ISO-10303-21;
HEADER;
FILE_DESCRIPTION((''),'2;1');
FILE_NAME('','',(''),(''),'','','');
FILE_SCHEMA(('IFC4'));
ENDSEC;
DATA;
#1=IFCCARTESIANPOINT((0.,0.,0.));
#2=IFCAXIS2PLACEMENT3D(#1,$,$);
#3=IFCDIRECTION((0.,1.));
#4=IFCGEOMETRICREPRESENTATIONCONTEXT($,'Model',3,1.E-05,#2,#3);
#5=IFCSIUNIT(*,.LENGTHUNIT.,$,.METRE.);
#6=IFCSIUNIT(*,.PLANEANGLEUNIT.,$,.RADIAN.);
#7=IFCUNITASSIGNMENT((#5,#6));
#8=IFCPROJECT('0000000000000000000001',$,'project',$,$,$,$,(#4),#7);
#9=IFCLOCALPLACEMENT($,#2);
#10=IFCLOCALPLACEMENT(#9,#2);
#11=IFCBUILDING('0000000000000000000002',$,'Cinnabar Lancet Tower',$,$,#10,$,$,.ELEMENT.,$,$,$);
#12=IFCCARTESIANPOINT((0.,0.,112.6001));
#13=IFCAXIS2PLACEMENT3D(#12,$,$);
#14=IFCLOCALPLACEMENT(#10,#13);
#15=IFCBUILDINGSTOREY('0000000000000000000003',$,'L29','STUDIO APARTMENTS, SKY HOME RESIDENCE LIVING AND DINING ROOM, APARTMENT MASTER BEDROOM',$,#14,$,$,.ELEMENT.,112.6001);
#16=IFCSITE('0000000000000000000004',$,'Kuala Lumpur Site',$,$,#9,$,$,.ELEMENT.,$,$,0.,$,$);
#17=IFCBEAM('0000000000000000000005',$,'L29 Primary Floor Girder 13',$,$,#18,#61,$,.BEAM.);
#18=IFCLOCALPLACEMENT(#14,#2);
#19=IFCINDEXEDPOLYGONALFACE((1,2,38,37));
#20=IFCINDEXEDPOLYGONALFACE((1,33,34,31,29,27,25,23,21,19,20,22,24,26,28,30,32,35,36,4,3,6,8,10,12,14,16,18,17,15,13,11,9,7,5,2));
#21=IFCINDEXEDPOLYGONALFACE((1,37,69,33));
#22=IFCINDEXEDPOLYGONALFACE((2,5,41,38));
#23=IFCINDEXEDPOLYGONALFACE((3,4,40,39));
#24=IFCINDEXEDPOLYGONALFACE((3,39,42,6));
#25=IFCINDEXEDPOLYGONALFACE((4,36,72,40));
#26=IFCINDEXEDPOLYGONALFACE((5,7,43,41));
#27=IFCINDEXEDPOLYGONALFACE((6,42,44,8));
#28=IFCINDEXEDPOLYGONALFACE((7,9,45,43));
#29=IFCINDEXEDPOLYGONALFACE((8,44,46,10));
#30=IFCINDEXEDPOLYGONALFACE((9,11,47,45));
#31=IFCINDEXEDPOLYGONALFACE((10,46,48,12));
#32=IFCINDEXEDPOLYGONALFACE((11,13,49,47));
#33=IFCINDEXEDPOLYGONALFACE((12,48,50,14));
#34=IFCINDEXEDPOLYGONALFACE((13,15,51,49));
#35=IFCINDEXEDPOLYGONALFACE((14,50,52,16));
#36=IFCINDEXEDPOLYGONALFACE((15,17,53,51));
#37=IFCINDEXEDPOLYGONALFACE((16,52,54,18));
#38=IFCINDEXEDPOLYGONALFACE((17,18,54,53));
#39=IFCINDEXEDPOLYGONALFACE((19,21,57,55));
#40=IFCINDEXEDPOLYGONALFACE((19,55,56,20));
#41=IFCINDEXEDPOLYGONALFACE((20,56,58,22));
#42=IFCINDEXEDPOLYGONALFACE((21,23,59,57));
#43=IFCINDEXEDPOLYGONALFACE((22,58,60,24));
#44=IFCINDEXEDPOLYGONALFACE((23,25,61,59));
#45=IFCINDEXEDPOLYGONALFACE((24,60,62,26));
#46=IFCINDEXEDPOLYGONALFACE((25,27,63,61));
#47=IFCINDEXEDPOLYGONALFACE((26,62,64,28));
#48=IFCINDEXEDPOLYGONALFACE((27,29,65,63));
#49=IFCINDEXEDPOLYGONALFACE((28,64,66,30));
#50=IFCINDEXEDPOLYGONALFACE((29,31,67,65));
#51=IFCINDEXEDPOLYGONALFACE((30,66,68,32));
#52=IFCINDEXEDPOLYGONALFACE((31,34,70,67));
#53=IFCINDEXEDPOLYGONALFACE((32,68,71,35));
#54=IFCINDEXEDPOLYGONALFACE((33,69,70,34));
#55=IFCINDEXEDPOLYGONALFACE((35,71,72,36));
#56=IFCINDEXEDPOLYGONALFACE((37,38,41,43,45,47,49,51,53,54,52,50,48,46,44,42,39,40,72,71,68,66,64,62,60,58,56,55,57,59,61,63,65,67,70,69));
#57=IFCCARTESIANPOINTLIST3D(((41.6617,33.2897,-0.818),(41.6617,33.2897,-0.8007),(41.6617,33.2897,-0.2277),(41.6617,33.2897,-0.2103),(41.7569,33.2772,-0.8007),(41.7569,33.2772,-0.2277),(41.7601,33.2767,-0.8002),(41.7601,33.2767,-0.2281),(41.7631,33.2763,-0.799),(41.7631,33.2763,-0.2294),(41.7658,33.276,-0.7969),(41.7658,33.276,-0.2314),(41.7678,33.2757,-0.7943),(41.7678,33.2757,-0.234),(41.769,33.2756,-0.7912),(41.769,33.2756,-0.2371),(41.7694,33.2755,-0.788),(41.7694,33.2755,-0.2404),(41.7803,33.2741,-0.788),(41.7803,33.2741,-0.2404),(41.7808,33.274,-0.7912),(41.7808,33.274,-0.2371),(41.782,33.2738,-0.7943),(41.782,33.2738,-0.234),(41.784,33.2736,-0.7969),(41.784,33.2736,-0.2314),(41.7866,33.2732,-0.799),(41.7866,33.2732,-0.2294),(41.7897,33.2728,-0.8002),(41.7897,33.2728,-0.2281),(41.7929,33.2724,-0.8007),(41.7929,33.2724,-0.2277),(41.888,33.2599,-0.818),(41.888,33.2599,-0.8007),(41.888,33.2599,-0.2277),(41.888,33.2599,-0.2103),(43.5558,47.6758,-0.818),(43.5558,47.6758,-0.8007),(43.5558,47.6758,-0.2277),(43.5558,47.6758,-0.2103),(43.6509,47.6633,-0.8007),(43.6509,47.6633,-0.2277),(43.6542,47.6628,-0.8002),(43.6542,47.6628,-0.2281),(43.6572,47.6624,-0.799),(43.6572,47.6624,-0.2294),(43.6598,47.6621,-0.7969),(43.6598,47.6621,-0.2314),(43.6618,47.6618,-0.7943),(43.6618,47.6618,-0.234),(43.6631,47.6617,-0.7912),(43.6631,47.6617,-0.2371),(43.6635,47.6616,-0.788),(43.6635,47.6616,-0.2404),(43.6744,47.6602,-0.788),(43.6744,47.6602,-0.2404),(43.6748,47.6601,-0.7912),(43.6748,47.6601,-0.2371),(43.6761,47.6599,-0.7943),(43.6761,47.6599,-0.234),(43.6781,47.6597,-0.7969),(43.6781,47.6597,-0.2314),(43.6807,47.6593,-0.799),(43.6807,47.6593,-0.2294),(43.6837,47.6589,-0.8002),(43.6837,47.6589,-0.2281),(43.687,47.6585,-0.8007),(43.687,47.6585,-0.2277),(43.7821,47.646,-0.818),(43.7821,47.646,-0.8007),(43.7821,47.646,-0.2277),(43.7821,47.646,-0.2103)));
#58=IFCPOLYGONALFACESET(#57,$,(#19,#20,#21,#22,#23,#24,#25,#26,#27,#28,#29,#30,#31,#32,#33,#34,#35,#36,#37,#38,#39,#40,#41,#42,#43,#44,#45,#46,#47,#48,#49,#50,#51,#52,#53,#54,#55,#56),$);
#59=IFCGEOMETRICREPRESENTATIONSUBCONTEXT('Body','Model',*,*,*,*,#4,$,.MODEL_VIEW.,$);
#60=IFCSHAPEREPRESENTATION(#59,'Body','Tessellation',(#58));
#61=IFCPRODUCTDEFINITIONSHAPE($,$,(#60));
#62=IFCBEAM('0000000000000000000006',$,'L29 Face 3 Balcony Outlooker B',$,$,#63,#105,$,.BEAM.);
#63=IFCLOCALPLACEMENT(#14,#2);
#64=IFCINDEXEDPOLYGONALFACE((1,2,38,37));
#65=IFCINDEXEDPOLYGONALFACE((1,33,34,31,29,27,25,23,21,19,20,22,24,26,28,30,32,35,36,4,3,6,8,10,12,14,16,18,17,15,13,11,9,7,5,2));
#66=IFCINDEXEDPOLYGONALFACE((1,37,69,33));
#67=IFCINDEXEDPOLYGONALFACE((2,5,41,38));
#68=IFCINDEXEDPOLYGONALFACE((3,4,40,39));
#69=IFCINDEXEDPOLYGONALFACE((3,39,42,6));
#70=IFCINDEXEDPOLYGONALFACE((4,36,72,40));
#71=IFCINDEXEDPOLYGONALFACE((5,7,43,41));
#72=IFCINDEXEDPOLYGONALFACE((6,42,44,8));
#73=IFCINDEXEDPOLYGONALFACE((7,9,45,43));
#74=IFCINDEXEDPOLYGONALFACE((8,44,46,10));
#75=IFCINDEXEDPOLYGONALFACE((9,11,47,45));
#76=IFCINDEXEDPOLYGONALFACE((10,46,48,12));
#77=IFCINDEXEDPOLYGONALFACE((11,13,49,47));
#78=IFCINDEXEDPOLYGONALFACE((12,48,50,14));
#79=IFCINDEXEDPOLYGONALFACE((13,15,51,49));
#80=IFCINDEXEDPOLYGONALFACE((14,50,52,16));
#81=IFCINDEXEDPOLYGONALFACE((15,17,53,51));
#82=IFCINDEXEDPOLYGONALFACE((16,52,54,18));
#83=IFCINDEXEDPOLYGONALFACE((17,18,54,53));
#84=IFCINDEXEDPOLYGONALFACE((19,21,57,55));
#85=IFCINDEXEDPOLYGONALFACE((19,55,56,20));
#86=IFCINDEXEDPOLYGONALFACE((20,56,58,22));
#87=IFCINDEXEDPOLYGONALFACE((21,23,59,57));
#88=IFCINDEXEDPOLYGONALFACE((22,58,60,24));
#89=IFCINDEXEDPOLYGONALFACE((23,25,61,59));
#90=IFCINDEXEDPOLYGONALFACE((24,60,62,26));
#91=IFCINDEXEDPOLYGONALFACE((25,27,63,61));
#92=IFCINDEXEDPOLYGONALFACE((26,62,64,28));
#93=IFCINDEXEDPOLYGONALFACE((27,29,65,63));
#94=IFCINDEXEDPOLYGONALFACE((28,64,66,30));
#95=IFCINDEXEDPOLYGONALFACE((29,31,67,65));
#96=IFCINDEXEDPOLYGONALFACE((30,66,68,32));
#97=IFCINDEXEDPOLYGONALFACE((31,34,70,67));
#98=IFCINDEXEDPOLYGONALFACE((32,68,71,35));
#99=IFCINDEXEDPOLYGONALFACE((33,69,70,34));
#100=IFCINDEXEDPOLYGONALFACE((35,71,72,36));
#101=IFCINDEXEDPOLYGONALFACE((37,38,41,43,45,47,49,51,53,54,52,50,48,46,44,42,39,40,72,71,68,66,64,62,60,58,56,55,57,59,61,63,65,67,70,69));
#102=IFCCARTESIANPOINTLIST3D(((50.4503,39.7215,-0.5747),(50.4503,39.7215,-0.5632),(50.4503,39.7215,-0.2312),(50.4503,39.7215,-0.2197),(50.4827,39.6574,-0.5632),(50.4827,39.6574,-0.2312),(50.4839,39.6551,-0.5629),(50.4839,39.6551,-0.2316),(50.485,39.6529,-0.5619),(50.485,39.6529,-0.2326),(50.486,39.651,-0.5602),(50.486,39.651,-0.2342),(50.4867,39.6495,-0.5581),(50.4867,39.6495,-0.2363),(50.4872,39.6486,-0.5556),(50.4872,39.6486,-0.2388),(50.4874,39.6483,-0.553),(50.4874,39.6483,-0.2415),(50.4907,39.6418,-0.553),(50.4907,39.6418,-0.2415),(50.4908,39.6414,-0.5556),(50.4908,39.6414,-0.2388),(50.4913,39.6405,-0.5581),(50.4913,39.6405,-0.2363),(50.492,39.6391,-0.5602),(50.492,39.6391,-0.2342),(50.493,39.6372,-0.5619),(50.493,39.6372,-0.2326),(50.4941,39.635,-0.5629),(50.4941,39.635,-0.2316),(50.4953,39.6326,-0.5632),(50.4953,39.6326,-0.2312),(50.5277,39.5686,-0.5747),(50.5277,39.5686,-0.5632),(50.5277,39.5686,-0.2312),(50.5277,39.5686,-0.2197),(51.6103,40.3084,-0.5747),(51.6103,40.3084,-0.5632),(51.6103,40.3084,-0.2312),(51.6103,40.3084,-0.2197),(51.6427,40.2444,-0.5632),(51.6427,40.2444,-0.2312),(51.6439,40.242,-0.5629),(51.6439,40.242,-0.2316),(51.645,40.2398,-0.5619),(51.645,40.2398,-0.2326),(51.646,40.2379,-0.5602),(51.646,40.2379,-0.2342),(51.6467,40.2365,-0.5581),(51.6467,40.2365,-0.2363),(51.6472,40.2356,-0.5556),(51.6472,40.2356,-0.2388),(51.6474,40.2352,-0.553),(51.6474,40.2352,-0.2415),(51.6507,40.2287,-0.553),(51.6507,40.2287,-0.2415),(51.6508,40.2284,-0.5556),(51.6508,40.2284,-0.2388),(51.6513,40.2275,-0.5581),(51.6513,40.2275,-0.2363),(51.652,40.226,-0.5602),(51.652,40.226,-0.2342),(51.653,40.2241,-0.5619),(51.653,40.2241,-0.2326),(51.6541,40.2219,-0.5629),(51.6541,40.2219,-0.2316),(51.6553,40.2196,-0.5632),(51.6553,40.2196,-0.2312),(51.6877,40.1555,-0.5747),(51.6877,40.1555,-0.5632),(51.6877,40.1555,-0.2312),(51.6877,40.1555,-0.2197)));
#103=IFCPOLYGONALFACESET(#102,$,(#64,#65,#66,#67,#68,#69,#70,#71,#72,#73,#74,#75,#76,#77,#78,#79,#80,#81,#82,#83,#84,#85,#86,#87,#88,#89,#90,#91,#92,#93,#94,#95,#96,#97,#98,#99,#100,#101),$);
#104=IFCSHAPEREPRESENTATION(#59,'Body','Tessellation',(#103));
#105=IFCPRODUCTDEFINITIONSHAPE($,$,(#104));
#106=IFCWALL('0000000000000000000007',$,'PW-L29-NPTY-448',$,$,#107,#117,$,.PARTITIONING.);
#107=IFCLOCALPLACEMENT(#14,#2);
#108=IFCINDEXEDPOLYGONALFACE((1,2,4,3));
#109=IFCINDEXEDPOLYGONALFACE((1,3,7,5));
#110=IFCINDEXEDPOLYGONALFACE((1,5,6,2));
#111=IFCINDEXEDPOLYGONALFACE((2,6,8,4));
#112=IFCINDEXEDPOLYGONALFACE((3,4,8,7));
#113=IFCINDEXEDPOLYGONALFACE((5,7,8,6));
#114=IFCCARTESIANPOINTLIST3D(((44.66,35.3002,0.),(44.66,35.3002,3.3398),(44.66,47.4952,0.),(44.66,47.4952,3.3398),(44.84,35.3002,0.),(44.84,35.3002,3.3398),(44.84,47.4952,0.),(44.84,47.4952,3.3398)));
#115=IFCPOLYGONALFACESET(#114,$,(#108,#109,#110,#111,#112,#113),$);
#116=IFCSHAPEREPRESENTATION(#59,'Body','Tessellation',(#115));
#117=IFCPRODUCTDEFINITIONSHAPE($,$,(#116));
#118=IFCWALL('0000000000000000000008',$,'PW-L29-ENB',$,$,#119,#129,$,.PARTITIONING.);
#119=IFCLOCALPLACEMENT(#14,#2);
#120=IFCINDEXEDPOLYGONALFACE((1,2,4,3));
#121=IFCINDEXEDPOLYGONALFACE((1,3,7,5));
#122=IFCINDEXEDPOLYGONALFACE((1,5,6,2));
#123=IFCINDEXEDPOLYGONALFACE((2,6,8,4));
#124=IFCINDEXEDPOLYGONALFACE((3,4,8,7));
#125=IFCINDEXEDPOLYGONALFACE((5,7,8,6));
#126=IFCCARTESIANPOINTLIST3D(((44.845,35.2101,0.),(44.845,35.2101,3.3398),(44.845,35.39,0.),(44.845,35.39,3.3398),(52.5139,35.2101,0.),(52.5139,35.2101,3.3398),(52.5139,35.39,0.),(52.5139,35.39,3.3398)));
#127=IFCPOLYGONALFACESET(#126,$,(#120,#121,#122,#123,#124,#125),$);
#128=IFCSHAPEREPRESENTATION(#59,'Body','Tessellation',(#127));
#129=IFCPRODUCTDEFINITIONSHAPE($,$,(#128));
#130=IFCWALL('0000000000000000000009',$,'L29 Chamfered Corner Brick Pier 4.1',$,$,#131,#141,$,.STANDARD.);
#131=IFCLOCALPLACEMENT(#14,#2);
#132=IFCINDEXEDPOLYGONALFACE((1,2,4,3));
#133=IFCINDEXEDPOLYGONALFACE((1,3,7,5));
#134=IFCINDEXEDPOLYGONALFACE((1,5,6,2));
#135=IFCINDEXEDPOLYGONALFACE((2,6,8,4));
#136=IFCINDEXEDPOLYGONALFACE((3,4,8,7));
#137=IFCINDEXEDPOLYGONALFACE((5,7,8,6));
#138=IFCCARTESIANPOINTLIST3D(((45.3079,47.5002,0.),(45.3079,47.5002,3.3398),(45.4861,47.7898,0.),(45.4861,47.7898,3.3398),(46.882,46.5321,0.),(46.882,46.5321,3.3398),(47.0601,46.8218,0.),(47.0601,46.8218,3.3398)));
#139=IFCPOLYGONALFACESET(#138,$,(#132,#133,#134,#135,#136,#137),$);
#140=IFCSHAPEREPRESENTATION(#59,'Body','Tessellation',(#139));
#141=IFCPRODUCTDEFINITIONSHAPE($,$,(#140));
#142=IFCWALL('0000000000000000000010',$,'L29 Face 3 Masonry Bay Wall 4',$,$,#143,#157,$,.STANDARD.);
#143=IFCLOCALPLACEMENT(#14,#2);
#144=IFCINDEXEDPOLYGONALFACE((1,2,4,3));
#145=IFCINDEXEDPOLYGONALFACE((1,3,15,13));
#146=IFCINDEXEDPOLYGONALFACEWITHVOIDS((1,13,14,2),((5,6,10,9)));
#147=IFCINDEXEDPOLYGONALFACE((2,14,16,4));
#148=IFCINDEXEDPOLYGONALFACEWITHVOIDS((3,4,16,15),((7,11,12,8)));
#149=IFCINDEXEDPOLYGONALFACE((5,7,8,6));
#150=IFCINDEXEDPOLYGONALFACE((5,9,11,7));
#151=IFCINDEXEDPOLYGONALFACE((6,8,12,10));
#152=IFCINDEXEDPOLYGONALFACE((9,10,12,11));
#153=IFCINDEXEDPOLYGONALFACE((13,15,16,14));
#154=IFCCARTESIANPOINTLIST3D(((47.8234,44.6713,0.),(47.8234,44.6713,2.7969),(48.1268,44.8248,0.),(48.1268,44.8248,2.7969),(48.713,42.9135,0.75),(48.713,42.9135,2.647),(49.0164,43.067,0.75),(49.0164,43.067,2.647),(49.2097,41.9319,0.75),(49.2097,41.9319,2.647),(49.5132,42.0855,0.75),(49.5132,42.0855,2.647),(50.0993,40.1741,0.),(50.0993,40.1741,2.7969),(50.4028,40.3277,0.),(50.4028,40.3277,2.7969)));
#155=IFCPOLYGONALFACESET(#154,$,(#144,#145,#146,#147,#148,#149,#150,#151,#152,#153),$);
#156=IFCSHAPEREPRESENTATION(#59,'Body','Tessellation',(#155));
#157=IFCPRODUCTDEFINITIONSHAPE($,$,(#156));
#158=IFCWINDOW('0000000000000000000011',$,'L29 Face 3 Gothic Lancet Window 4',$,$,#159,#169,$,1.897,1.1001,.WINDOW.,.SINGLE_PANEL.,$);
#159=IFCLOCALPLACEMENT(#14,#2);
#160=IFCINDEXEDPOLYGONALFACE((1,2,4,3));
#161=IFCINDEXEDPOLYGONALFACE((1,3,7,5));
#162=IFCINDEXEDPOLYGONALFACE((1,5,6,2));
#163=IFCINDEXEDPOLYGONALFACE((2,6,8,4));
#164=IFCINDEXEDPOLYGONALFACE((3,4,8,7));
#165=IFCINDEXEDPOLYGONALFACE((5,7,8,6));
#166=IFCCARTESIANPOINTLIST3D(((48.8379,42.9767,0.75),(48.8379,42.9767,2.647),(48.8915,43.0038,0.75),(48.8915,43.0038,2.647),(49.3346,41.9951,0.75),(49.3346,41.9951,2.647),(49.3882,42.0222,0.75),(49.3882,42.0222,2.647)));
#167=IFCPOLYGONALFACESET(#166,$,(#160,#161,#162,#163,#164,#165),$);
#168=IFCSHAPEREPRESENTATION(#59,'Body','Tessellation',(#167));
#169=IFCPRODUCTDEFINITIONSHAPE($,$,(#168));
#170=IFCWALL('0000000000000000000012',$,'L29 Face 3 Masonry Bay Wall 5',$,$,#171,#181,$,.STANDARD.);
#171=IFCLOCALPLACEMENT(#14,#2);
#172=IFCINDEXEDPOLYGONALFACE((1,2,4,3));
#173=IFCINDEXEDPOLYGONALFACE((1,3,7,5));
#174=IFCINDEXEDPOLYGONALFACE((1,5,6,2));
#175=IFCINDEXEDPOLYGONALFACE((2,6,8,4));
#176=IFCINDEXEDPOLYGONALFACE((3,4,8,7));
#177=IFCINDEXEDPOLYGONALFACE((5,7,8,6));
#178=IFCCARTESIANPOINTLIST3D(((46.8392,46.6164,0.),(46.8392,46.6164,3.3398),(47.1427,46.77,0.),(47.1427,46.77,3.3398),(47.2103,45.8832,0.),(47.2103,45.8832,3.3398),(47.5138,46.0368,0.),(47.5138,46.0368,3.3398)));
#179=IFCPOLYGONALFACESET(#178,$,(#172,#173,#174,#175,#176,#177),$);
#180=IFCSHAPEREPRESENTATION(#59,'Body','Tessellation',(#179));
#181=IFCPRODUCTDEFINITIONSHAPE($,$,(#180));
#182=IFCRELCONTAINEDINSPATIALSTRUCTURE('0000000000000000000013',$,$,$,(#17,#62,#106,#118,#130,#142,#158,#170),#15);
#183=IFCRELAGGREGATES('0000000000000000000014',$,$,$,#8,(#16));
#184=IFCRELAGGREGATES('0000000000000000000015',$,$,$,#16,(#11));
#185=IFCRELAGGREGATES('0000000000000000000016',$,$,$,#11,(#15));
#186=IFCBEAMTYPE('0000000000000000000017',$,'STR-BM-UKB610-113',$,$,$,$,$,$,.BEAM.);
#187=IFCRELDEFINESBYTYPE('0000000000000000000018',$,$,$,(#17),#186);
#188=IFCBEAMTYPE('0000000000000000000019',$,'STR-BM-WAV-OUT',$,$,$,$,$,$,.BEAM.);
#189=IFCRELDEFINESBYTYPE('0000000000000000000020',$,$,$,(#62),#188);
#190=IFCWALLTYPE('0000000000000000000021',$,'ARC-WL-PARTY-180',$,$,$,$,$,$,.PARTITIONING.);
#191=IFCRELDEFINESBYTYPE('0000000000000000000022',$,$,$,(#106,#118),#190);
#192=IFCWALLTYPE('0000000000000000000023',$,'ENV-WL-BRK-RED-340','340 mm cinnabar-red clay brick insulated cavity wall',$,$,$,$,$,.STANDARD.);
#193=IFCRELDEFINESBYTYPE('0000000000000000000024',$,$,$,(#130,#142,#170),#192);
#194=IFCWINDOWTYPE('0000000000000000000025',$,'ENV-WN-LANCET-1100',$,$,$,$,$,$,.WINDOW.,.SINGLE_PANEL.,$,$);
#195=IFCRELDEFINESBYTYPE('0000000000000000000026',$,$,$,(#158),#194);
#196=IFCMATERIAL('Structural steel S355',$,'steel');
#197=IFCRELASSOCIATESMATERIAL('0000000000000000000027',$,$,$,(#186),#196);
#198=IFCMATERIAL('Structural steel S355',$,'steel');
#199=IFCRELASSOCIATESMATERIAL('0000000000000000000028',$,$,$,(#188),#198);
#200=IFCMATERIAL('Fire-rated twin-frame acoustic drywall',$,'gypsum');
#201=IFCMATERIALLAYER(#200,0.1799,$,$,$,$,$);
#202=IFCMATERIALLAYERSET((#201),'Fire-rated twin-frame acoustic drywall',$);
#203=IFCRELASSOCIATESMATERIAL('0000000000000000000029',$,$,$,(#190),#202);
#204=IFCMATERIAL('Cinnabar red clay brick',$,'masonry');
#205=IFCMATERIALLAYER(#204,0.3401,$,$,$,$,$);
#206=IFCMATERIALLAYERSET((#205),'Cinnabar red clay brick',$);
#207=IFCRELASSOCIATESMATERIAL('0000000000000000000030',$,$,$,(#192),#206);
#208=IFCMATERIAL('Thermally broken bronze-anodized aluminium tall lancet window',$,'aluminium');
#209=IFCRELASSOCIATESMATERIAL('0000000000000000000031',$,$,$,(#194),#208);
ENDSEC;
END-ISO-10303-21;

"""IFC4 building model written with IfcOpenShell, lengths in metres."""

from ifc_helpers import new_model, si_unit, direction, frame, frame_2d, origin, origin_2d, place, context, subcontext, project, spatial, rectangle, i_section, extrude, material, layer, layer_set, material_profile, profile_set, type_object, element, fill, save


model = new_model("IFC4")

# Units and contexts
model_context = context("Model", 3, precision=1e-05, world=origin(), true_north=direction((0.0, 1.0)))
body_context = subcontext(model_context, "Body", "Model", "MODEL_VIEW")
ifc_project = project(units=[si_unit("LENGTHUNIT", "METRE"), si_unit("PLANEANGLEUNIT", "RADIAN")], contexts=[model_context])

# Site, building, storey
site_placement = place(None, origin())
site = spatial("IfcSite", under=ifc_project, at=site_placement, Name="Kuala Lumpur Site", CompositionType="ELEMENT", RefElevation=0.0)
building_placement = place(site_placement, origin())
building = spatial("IfcBuilding", under=site, at=building_placement, Name="Cinnabar Lancet Tower", CompositionType="ELEMENT")
storey_placement = place(building_placement, frame((0.0, 0.0, 112.6001)))
storey = spatial("IfcBuildingStorey", under=building, at=storey_placement, Name="L29", Description="STUDIO APARTMENTS, SKY HOME RESIDENCE LIVING AND DINING ROOM, APARTMENT MASTER BEDROOM", CompositionType="ELEMENT", Elevation=112.6001)

# Beams
ifc_material_1 = material(Name="Structural steel S355", Category="steel")
ifc_material_profile_1 = material_profile(ifc_material_1, i_section(OverallWidth=0.2283, OverallDepth=0.6077, WebThickness=0.011, FlangeThickness=0.0173, FilletRadius=0.0127, at=origin_2d()), Name="UKB 610x229x113")
ifc_profile_set_1 = profile_set([ifc_material_profile_1], Name="Structural steel S355")
beam_type_1 = type_object("IfcBeamType", Name="STR-BM-UKB610-113", PredefinedType="BEAM", material=ifc_profile_set_1)
beam_1_placement = place(storey_placement, frame((43.6689, 47.6609, -0.5142), z_axis=(-0.130532, -0.991444, 0.0), x_axis=(0.991444, -0.130532, 0.0)))
element("IfcBeam", 1, at=beam_1_placement, inside=storey, type_object=beam_type_1, Name="L29 Primary Floor Girder 13", PredefinedType="BEAM", context=body_context, shape_type="SweptSolid", body=[
    extrude(i_section(OverallWidth=0.2283, OverallDepth=0.6077, WebThickness=0.011, FlangeThickness=0.0173, FilletRadius=0.0127, at=origin_2d()), origin(), (0.0, 0.0, 1.0), 14.5103),
])
ifc_material_2 = material(Name="Structural steel S355", Category="steel")
ifc_material_profile_2 = material_profile(ifc_material_2, i_section(OverallWidth=0.1714, OverallDepth=0.355, WebThickness=0.0073, FlangeThickness=0.0115, FilletRadius=0.0103, at=origin_2d()), Name="UKB 356x171x51")
ifc_profile_set_2 = profile_set([ifc_material_profile_2], Name="Structural steel S355")
beam_type_2 = type_object("IfcBeamType", Name="STR-BM-WAV-OUT", PredefinedType="BEAM", material=ifc_profile_set_2)
beam_2_placement = place(storey_placement, frame((50.489, 39.645, -0.3972), z_axis=(0.892276, 0.45149, 0.0), x_axis=(-0.45149, 0.892276, 0.0)))
element("IfcBeam", 2, at=beam_2_placement, inside=storey, type_object=beam_type_2, Name="L29 Face 3 Balcony Outlooker B", PredefinedType="BEAM", context=body_context, shape_type="SweptSolid", body=[
    extrude(i_section(OverallWidth=0.1714, OverallDepth=0.355, WebThickness=0.0073, FlangeThickness=0.0115, FilletRadius=0.0103, at=origin_2d()), origin(), (0.0, 0.0, 1.0), 1.3),
])

# Walls
ifc_material_3 = material(Name="Fire-rated twin-frame acoustic drywall", Category="gypsum")
ifc_layer_1 = layer(ifc_material_3, 0.1799)
ifc_layer_set_1 = layer_set([ifc_layer_1], Name="Fire-rated twin-frame acoustic drywall")
wall_type_1 = type_object("IfcWallType", Name="ARC-WL-PARTY-180", PredefinedType="PARTITIONING", material=ifc_layer_set_1)
wall_1_placement = place(storey_placement, frame((44.75, 35.3, 0.0), z_axis=(0.0, 0.0, 1.0), x_axis=(0.0, 1.0, 0.0)))
element("IfcWall", 3, at=wall_1_placement, inside=storey, type_object=wall_type_1, Name="PW-L29-NPTY-448", PredefinedType="PARTITIONING", context=body_context, shape_type="SweptSolid", body=[
    extrude(rectangle(XDim=12.1951, YDim=0.1799, at=frame_2d((6.0977, 0.0))), origin(), (0.0, 0.0, 1.0), 3.3398),
])
wall_2_placement = place(storey_placement, frame((44.845, 35.3, 0.0), z_axis=(0.0, 0.0, 1.0), x_axis=(1.0, 0.0, 0.0)))
element("IfcWall", 4, at=wall_2_placement, inside=storey, type_object=wall_type_1, Name="PW-L29-ENB", PredefinedType="PARTITIONING", context=body_context, shape_type="SweptSolid", body=[
    extrude(rectangle(XDim=7.6689, YDim=0.1799, at=frame_2d((3.8345, 0.0))), origin(), (0.0, 0.0, 1.0), 3.3398),
])
ifc_material_4 = material(Name="Cinnabar red clay brick", Category="masonry")
ifc_layer_2 = layer(ifc_material_4, 0.3401)
ifc_layer_set_2 = layer_set([ifc_layer_2], Name="Cinnabar red clay brick")
wall_type_2 = type_object("IfcWallType", Name="ENV-WL-BRK-RED-340", Description="340 mm cinnabar-red clay brick insulated cavity wall", PredefinedType="STANDARD", material=ifc_layer_set_2)
wall_3_placement = place(storey_placement, frame((46.9709, 46.677, 0.0), z_axis=(0.0, 0.0, 1.0), x_axis=(-0.851799, 0.523869, 0.0)))
element("IfcWall", 5, at=wall_3_placement, inside=storey, type_object=wall_type_2, Name="L29 Chamfered Corner Brick Pier 4.1", PredefinedType="STANDARD", context=body_context, shape_type="SweptSolid", body=[
    extrude(rectangle(XDim=1.8479, YDim=0.3401, at=frame_2d((0.9238, 0.0))), origin(), (0.0, 0.0, 1.0), 3.3398),
])

# Wall, opening, window
wall_4_placement = place(storey_placement, frame((50.251, 40.251, 0.0), z_axis=(0.0, 0.0, 1.0), x_axis=(-0.451548, 0.892247, 0.0)))
wall_4 = element("IfcWall", 6, at=wall_4_placement, inside=storey, type_object=wall_type_2, Name="L29 Face 3 Masonry Bay Wall 4", PredefinedType="STANDARD", context=body_context, shape_type="SweptSolid", body=[
    extrude(rectangle(XDim=5.0403, YDim=0.3401, at=frame_2d((2.52, 0.0))), origin(), (0.0, 0.0, 1.0), 2.7969),
])
opening_placement = place(wall_4_placement, frame((1.97, 0.0, 0.75)))
opening = element("IfcOpeningElement", 7, at=opening_placement, cuts=wall_4, PredefinedType="OPENING", context=body_context, shape_type="SweptSolid", body=[
    extrude(rectangle(XDim=1.1001, YDim=1.897, at=frame_2d((0.55, 0.9485))), frame((0.0, 0.1799, 0.0), z_axis=(0.0, -1.0, 0.0), x_axis=(1.0, 0.0, 0.0)), (0.0, 0.0, 1.0), 0.3601),
])
ifc_material_5 = material(Name="Thermally broken bronze-anodized aluminium tall lancet window", Category="aluminium")
window_type = type_object("IfcWindowType", Name="ENV-WN-LANCET-1100", PartitioningType="SINGLE_PANEL", PredefinedType="WINDOW", material=ifc_material_5)
window_placement = place(opening_placement, origin())
window = element("IfcWindow", 8, at=window_placement, inside=storey, type_object=window_type, Name="L29 Face 3 Gothic Lancet Window 4", OverallHeight=1.897, OverallWidth=1.1001, PartitioningType="SINGLE_PANEL", PredefinedType="WINDOW", context=body_context, shape_type="SweptSolid", body=[
    extrude(rectangle(XDim=1.1001, YDim=1.897, at=frame_2d((0.55, 0.9485))), frame((0.0, 0.03, 0.0), z_axis=(0.0, -1.0, 0.0), x_axis=(1.0, 0.0, 0.0)), (0.0, 0.0, 1.0), 0.0601),
])
fill(opening, window)

# Wall
wall_5_placement = place(storey_placement, frame((47.3621, 45.96, 0.0), z_axis=(0.0, 0.0, 1.0), x_axis=(-0.451605, 0.892218, 0.0)))
element("IfcWall", 9, at=wall_5_placement, inside=storey, type_object=wall_type_2, Name="L29 Face 3 Masonry Bay Wall 5", PredefinedType="STANDARD", context=body_context, shape_type="SweptSolid", body=[
    extrude(rectangle(XDim=0.8218, YDim=0.3401, at=frame_2d((0.4109, 0.0))), origin(), (0.0, 0.0, 1.0), 3.3398),
])

save(model, "model.ifc")
